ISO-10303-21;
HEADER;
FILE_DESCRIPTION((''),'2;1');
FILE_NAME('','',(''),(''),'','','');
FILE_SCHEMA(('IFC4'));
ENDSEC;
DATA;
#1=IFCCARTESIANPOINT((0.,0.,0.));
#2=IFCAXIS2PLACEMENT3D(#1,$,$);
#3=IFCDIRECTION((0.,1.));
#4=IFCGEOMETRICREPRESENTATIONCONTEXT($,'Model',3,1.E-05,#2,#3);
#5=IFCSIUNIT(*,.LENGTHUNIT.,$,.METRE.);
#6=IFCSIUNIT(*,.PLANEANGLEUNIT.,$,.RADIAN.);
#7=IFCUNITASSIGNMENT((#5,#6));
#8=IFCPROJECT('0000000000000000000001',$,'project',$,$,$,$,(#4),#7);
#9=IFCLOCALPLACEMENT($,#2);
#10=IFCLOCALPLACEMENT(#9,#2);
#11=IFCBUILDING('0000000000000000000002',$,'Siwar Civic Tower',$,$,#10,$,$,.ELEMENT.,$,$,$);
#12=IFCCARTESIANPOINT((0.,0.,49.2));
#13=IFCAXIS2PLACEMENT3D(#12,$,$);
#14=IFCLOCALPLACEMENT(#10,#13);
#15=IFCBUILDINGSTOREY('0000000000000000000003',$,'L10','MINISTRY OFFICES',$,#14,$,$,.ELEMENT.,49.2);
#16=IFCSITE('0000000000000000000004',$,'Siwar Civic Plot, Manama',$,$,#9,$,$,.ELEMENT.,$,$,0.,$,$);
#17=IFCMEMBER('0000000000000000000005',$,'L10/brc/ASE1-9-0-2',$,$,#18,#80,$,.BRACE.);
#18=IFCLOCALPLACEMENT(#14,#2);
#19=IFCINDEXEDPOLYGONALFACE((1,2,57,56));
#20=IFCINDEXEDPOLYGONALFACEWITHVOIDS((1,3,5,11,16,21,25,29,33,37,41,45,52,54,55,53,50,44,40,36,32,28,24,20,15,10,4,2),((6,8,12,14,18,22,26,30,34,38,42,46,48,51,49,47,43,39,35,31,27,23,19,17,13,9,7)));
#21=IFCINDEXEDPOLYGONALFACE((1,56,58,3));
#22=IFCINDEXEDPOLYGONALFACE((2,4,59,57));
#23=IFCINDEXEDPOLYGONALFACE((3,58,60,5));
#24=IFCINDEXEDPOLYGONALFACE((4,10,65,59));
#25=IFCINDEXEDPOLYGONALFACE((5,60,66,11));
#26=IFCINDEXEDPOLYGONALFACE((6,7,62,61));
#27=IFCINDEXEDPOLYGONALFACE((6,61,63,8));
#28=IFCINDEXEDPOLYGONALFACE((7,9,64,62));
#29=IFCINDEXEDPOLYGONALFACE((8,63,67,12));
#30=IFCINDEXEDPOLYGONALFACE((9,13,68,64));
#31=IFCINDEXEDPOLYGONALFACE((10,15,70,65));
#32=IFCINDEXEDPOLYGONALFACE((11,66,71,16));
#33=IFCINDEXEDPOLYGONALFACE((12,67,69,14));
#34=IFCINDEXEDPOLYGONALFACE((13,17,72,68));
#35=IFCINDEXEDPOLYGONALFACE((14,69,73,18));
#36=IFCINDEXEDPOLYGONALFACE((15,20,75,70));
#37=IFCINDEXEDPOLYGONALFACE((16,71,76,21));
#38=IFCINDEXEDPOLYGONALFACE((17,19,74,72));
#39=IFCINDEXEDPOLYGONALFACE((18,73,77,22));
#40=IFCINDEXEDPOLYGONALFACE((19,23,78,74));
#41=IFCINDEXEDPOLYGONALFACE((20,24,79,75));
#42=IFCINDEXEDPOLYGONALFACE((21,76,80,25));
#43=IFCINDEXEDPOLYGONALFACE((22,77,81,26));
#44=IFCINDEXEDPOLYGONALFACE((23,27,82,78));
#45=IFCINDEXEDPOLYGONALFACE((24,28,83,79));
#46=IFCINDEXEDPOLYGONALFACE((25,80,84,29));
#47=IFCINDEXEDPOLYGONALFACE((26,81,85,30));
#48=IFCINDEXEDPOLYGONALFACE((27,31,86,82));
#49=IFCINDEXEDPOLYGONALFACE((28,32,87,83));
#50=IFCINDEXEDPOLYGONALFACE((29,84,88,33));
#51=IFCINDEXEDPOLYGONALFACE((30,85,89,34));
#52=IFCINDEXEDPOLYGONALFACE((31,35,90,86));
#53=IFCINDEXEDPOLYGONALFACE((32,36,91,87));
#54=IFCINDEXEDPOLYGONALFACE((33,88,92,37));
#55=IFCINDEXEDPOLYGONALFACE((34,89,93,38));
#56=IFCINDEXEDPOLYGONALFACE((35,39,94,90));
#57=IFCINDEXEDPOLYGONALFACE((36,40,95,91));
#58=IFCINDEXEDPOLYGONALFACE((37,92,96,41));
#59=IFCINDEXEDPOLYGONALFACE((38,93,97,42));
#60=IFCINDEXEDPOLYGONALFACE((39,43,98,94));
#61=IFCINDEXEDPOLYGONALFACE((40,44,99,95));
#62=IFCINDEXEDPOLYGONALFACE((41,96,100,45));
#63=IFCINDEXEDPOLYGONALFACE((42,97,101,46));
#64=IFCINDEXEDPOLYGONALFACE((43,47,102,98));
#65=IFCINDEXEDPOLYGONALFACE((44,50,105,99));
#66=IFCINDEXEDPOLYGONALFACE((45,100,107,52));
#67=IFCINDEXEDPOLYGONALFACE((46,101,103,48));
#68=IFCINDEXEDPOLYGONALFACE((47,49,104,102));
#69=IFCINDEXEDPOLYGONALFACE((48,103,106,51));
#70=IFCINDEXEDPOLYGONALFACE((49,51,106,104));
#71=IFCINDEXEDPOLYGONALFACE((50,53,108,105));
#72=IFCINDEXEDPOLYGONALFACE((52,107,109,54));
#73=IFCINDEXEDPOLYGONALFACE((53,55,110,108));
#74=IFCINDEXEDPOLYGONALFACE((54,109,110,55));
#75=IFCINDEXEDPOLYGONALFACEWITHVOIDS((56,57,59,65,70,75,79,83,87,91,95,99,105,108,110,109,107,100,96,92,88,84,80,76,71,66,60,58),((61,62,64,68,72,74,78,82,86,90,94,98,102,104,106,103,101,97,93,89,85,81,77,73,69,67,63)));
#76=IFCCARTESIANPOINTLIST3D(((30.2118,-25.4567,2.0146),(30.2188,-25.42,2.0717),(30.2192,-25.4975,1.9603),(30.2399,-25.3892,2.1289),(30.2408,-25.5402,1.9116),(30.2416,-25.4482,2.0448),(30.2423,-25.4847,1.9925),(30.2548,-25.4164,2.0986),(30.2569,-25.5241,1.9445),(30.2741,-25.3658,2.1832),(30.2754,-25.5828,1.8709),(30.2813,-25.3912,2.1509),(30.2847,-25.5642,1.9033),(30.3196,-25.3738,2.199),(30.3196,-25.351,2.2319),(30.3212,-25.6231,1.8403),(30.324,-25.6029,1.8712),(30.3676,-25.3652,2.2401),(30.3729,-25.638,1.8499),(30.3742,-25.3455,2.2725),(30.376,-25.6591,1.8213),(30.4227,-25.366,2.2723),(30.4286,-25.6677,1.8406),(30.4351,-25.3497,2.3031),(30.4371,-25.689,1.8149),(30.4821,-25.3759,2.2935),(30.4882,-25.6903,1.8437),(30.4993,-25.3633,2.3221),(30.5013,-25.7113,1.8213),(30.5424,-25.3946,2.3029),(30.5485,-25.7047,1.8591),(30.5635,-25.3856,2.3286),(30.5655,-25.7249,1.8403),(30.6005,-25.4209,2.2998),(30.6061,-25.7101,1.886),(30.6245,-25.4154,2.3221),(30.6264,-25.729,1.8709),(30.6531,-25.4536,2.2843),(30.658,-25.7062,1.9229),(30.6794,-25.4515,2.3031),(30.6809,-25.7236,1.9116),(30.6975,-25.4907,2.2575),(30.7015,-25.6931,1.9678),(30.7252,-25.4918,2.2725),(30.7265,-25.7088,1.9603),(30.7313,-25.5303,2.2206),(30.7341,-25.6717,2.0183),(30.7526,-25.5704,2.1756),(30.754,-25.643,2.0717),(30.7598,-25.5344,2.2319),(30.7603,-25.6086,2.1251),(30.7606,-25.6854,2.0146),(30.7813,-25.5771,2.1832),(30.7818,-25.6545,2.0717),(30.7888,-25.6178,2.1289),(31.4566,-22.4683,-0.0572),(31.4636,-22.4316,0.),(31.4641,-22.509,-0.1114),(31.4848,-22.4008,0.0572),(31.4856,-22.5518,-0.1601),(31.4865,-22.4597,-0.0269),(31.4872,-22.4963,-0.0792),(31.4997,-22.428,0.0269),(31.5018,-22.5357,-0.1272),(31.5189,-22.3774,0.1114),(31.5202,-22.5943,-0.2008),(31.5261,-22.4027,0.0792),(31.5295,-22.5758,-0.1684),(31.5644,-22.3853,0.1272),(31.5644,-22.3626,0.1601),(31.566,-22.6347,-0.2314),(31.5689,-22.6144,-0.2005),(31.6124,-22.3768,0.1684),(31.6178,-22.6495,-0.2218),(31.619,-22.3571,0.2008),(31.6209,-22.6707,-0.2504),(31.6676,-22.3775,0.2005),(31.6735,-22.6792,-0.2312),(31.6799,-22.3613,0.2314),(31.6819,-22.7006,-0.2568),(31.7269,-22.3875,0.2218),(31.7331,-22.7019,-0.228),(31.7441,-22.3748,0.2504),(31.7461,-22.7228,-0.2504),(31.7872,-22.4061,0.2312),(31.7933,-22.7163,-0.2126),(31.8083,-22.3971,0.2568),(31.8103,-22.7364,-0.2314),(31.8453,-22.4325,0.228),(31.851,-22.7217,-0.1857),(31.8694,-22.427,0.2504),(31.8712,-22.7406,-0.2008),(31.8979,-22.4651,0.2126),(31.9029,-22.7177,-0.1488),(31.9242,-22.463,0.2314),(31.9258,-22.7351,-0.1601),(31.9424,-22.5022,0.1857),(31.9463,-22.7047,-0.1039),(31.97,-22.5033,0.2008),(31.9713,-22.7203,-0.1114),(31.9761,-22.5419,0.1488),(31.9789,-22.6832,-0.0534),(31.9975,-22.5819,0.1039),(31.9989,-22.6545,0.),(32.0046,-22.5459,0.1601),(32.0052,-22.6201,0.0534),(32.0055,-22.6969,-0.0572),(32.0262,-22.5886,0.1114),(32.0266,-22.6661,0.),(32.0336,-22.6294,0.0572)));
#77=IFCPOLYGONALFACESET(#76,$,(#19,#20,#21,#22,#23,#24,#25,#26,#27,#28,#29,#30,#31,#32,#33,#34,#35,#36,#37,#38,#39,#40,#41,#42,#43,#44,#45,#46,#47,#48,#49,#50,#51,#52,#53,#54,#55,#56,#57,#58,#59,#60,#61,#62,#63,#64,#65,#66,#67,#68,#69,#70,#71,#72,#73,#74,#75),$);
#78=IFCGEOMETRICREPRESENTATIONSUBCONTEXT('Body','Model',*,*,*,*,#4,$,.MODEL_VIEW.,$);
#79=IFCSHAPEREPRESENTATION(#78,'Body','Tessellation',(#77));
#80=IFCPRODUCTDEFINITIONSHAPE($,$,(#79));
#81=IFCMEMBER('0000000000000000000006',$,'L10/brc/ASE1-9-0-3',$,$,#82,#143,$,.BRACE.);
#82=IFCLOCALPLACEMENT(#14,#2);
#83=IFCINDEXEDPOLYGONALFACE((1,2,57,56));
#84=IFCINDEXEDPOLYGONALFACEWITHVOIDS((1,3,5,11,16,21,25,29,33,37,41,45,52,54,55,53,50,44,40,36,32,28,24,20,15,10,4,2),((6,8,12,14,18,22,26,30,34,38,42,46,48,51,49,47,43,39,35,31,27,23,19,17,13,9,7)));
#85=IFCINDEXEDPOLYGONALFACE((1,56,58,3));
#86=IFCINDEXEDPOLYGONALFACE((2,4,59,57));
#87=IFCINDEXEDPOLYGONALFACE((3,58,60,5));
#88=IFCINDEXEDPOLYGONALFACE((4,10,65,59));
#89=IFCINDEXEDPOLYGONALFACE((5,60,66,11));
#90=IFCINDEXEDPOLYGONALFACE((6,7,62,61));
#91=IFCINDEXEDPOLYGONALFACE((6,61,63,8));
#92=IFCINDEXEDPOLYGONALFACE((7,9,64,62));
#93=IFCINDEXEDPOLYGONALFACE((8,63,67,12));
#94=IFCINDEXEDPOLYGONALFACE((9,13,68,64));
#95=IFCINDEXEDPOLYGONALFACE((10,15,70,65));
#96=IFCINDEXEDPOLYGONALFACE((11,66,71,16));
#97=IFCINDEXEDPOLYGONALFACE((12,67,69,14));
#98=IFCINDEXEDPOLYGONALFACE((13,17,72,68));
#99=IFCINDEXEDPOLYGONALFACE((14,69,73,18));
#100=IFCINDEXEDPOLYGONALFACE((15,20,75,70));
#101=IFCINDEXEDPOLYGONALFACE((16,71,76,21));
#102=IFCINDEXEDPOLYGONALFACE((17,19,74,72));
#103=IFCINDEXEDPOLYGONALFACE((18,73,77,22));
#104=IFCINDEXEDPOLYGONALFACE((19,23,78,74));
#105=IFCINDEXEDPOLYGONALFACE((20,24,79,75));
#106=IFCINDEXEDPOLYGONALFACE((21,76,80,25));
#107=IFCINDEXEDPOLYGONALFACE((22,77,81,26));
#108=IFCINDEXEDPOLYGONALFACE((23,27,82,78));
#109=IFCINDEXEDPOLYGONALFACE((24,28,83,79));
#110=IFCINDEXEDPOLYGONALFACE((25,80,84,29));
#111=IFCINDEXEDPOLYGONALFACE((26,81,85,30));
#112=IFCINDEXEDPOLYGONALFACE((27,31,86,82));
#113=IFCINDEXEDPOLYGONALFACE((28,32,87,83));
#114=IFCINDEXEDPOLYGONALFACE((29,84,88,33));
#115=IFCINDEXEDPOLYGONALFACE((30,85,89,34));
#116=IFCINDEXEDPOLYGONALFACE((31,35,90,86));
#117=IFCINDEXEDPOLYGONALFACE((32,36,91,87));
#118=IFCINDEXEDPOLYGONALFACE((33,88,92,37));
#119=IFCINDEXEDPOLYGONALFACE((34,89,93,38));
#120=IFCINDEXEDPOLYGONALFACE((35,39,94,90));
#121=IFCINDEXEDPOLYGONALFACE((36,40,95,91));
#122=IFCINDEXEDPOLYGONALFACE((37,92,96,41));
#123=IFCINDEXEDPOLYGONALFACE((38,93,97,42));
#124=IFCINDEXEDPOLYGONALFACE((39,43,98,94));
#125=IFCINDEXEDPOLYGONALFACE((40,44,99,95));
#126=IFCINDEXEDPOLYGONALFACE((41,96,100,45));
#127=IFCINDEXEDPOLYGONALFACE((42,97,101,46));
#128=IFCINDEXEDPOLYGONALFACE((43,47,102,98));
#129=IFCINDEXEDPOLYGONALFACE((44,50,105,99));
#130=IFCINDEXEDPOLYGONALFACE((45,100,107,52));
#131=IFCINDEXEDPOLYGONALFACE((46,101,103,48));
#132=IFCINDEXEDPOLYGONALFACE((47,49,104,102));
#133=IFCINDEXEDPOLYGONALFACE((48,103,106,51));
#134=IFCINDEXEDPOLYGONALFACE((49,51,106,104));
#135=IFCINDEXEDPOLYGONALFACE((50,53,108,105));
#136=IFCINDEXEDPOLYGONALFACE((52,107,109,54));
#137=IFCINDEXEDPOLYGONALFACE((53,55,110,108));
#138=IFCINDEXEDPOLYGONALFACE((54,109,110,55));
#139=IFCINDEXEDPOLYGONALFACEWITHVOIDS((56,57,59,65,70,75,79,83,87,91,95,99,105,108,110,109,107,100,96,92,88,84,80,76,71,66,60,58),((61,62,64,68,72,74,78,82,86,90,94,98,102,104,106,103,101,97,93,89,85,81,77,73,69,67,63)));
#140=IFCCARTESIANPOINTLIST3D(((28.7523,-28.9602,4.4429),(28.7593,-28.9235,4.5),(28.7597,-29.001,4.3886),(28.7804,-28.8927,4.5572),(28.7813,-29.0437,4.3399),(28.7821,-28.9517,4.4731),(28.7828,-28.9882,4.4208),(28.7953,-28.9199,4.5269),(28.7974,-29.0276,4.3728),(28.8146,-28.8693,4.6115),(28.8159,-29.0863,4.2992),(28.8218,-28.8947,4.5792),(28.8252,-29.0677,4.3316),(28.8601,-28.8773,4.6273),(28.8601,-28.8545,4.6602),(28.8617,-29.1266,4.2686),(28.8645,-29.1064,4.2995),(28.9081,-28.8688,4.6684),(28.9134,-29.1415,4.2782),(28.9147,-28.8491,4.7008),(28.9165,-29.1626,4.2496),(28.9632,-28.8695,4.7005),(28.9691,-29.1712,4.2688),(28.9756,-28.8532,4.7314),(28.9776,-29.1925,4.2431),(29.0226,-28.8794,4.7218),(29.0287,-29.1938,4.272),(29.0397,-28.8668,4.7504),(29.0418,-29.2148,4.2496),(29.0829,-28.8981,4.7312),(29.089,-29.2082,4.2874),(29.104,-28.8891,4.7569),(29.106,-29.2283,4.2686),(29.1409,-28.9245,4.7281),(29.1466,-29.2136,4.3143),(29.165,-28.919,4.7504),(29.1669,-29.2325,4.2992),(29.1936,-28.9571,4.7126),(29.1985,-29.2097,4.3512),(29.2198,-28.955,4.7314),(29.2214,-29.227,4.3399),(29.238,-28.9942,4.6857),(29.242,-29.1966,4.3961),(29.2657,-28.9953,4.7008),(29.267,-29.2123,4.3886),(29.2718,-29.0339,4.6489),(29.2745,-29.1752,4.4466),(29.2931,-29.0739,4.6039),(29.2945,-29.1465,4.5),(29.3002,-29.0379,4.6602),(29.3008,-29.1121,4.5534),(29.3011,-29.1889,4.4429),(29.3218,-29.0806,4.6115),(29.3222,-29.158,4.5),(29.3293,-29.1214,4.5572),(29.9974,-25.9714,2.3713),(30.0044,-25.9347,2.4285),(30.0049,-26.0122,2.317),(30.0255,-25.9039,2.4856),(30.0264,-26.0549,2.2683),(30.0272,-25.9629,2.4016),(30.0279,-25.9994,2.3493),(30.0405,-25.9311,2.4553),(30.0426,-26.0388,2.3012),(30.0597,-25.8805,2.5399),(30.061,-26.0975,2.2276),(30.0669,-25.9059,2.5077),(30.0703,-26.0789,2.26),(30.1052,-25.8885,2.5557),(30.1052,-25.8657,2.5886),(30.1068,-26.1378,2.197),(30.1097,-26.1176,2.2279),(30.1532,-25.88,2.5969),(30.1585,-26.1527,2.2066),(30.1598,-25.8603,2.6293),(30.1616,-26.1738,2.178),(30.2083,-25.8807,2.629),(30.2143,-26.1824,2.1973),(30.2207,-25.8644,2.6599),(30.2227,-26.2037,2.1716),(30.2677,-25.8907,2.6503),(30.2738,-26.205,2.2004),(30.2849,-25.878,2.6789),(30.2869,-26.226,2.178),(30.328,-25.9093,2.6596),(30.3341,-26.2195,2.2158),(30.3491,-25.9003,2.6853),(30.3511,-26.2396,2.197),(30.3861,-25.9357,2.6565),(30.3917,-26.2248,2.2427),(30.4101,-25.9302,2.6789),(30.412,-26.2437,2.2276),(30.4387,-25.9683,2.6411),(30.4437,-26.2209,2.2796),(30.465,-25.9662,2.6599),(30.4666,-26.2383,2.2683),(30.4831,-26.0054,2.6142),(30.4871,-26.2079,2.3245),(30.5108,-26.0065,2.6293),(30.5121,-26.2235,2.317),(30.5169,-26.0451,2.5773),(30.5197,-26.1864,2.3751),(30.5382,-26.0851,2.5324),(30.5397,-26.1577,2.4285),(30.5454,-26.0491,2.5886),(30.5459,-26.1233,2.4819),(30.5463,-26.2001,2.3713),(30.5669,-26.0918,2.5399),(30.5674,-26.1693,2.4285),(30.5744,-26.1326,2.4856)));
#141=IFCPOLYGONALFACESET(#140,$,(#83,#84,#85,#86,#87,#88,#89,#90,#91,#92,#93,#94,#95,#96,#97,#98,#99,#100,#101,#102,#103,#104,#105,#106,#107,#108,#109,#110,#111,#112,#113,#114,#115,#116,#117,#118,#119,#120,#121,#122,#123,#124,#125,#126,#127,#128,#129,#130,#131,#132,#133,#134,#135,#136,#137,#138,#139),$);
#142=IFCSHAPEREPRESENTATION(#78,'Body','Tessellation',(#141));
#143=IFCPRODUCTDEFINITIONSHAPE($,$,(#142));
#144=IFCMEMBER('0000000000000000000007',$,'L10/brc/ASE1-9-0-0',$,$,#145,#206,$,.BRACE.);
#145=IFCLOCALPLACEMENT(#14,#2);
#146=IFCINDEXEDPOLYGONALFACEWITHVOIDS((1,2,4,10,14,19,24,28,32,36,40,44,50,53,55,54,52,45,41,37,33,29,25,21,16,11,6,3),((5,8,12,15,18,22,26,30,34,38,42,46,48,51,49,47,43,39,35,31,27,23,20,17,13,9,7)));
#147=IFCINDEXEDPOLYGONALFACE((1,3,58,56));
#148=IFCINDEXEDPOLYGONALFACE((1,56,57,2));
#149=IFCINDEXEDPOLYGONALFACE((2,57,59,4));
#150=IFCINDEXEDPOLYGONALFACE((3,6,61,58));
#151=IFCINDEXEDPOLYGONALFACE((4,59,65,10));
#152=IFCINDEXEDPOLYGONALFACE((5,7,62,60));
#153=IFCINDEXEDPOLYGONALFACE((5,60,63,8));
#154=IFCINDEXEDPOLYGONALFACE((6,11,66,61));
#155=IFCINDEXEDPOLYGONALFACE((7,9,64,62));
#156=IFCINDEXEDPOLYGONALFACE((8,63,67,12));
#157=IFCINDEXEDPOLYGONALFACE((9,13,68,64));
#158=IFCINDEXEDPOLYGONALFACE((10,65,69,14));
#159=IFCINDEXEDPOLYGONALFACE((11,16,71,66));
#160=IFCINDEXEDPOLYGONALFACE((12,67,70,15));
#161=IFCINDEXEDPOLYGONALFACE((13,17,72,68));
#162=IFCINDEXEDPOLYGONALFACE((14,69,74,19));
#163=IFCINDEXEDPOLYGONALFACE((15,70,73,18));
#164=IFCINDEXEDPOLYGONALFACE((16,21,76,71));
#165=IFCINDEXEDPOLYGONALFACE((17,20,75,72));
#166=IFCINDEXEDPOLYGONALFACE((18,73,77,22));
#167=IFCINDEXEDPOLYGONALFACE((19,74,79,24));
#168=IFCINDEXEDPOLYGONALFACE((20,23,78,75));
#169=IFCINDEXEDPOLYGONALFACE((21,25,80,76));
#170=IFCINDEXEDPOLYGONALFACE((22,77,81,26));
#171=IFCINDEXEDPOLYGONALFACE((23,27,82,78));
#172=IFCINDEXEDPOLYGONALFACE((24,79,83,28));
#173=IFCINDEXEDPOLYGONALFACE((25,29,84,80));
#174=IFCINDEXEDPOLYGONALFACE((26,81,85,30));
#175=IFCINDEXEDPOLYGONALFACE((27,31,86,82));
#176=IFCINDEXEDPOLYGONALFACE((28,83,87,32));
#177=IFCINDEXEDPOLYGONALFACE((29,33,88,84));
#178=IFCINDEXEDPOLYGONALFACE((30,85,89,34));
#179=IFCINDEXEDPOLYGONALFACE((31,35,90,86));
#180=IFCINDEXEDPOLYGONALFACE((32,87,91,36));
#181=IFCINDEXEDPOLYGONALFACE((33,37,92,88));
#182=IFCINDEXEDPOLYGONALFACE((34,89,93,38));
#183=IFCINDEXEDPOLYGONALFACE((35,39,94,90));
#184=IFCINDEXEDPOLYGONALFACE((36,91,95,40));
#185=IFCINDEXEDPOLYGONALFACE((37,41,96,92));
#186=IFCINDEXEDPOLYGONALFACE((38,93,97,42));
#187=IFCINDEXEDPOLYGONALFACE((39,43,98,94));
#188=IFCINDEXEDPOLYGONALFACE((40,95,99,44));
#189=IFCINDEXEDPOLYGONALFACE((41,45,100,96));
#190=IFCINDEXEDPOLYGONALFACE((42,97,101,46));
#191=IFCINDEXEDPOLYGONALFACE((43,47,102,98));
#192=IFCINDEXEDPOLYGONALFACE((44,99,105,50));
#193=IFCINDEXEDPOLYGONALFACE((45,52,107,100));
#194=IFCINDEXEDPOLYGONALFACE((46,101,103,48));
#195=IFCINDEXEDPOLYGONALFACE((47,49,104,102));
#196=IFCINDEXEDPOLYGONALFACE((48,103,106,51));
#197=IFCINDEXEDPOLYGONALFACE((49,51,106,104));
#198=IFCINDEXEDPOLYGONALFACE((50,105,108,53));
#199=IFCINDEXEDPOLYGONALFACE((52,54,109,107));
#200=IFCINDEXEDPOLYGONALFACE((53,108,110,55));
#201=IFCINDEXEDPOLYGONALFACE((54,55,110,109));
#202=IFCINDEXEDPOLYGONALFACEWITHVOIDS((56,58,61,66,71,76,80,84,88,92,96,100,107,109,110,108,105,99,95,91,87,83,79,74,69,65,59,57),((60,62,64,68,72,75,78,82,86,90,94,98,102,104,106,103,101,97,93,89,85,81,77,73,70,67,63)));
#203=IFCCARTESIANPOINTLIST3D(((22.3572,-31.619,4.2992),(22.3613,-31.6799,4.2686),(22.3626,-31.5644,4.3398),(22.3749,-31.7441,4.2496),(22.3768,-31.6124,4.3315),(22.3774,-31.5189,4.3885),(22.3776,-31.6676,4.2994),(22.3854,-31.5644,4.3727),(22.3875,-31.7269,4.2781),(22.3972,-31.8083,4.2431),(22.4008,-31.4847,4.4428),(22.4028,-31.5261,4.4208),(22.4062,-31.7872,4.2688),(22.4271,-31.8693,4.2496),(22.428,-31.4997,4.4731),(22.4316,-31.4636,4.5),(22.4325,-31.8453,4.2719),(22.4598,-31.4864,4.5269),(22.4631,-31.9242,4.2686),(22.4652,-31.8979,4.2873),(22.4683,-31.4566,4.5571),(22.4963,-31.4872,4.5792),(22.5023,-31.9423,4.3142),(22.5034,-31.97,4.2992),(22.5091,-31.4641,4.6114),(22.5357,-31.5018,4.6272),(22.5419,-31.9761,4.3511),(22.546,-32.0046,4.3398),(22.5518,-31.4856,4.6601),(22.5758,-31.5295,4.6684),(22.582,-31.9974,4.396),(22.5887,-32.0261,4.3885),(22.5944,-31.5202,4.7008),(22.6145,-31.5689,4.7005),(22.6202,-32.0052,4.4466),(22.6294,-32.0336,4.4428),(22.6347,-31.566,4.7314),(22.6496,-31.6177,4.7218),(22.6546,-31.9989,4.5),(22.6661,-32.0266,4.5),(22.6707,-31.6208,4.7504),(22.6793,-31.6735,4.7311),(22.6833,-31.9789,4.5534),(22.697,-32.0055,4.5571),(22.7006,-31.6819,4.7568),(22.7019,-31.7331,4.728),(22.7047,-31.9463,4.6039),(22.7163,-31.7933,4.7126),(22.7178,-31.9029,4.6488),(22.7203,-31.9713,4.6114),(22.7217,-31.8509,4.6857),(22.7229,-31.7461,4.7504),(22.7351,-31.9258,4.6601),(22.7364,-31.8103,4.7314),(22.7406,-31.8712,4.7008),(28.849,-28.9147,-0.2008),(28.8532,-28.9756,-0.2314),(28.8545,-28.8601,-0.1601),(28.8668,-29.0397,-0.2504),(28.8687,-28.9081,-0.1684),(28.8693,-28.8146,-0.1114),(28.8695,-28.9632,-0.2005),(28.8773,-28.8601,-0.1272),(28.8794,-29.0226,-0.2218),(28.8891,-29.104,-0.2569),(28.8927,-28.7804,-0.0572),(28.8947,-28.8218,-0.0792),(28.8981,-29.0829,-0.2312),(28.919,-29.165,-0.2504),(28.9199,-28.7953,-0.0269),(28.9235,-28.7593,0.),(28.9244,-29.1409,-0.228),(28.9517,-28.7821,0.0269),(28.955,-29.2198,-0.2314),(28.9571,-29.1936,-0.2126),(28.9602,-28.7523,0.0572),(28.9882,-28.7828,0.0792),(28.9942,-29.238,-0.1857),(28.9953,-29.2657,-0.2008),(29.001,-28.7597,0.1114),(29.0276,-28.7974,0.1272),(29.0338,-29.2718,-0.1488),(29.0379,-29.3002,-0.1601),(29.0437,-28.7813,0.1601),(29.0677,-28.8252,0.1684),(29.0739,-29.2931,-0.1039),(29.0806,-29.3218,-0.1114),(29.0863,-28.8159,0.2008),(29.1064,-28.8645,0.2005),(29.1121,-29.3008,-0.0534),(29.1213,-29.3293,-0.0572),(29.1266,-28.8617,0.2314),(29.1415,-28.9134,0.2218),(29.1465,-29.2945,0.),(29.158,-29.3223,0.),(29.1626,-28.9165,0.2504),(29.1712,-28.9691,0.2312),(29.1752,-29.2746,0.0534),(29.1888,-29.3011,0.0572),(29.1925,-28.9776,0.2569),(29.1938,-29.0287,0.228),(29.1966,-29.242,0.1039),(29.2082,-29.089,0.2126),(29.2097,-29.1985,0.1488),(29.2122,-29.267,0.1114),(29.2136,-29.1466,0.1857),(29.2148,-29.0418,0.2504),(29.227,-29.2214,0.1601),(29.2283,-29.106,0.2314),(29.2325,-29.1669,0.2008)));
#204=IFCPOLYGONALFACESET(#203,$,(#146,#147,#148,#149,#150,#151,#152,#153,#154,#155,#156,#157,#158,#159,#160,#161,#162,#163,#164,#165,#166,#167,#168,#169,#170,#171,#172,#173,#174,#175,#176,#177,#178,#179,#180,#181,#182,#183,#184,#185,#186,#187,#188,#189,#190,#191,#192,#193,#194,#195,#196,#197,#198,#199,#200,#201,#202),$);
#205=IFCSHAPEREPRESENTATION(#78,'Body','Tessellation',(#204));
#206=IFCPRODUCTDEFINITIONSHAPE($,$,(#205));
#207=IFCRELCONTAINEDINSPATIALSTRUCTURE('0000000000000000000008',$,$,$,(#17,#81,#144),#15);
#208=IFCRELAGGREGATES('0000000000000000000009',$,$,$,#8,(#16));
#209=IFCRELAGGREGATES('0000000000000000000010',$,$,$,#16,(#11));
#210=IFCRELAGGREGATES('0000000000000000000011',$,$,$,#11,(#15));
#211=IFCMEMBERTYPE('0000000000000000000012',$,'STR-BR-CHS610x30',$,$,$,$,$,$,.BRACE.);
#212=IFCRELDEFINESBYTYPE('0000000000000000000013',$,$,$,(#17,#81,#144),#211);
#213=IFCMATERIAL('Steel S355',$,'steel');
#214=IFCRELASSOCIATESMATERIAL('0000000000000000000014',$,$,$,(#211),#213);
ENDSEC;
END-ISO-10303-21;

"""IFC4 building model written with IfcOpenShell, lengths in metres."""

from ifc_helpers import new_model, si_unit, direction, frame, origin, origin_2d, place, context, subcontext, project, spatial, hollow_circle, extrude, material, material_profile, profile_set, type_object, element, save


model = new_model("IFC4")

# Units and contexts
model_context = context("Model", 3, precision=1e-05, world=origin(), true_north=direction((0.0, 1.0)))
body_context = subcontext(model_context, "Body", "Model", "MODEL_VIEW")
ifc_project = project(units=[si_unit("LENGTHUNIT", "METRE"), si_unit("PLANEANGLEUNIT", "RADIAN")], contexts=[model_context])

# Site, building, storey
site_placement = place(None, origin())
site = spatial("IfcSite", under=ifc_project, at=site_placement, Name="Siwar Civic Plot, Manama", CompositionType="ELEMENT", RefElevation=0.0)
building_placement = place(site_placement, origin())
building = spatial("IfcBuilding", under=site, at=building_placement, Name="Siwar Civic Tower", CompositionType="ELEMENT")
storey_placement = place(building_placement, frame((0.0, 0.0, 49.2)))
storey = spatial("IfcBuildingStorey", under=building, at=storey_placement, Name="L10", Description="MINISTRY OFFICES", CompositionType="ELEMENT", Elevation=49.2)

# Members
ifc_material_1 = material(Name="Steel S355", Category="steel")
ifc_material_profile_1 = material_profile(ifc_material_1, hollow_circle(Radius=0.3049, WallThickness=0.03, at=origin_2d()), Name="CHS610x30")
ifc_profile_set_1 = profile_set([ifc_material_profile_1], Name="Steel S355")
member_type_1 = type_object("IfcMemberType", Name="STR-BR-CHS610x30", PredefinedType="BRACE", material=ifc_profile_set_1)
member_1_placement = place(storey_placement, frame((31.7451, -22.5488, 0.0), z_axis=(-0.323882, -0.777533, 0.53902), x_axis=(0.923115, -0.384524, 0.0)))
element("IfcMember", 1, at=member_1_placement, inside=storey, type_object=member_type_1, Name="L10/brc/ASE1-9-0-2", PredefinedType="BRACE", context=body_context, shape_type="SweptSolid", body=[
    extrude(hollow_circle(Radius=0.3049, WallThickness=0.03, at=origin_2d()), origin(), (0.0, 0.0, 1.0), 3.8435),
])
member_2_placement = place(storey_placement, frame((30.2859, -26.052, 2.4285), z_axis=(-0.323934, -0.777569, 0.538937), x_axis=(0.923099, -0.384562, 0.0)))
element("IfcMember", 2, at=member_2_placement, inside=storey, type_object=member_type_1, Name="L10/brc/ASE1-9-0-3", PredefinedType="BRACE", context=body_context, shape_type="SweptSolid", body=[
    extrude(hollow_circle(Radius=0.3049, WallThickness=0.03, at=origin_2d()), origin(), (0.0, 0.0, 1.0), 3.8438),
])
member_3_placement = place(storey_placement, frame((29.0408, -29.0408, 0.0), z_axis=(-0.777555, -0.323906, 0.538975), x_axis=(0.384539, -0.923109, 0.0)))
element("IfcMember", 3, at=member_3_placement, inside=storey, type_object=member_type_1, Name="L10/brc/ASE1-9-0-0", PredefinedType="BRACE", context=body_context, shape_type="SweptSolid", body=[
    extrude(hollow_circle(Radius=0.3049, WallThickness=0.03, at=origin_2d()), origin(), (0.0, 0.0, 1.0), 8.3491),
])

save(model, "model.ifc")
